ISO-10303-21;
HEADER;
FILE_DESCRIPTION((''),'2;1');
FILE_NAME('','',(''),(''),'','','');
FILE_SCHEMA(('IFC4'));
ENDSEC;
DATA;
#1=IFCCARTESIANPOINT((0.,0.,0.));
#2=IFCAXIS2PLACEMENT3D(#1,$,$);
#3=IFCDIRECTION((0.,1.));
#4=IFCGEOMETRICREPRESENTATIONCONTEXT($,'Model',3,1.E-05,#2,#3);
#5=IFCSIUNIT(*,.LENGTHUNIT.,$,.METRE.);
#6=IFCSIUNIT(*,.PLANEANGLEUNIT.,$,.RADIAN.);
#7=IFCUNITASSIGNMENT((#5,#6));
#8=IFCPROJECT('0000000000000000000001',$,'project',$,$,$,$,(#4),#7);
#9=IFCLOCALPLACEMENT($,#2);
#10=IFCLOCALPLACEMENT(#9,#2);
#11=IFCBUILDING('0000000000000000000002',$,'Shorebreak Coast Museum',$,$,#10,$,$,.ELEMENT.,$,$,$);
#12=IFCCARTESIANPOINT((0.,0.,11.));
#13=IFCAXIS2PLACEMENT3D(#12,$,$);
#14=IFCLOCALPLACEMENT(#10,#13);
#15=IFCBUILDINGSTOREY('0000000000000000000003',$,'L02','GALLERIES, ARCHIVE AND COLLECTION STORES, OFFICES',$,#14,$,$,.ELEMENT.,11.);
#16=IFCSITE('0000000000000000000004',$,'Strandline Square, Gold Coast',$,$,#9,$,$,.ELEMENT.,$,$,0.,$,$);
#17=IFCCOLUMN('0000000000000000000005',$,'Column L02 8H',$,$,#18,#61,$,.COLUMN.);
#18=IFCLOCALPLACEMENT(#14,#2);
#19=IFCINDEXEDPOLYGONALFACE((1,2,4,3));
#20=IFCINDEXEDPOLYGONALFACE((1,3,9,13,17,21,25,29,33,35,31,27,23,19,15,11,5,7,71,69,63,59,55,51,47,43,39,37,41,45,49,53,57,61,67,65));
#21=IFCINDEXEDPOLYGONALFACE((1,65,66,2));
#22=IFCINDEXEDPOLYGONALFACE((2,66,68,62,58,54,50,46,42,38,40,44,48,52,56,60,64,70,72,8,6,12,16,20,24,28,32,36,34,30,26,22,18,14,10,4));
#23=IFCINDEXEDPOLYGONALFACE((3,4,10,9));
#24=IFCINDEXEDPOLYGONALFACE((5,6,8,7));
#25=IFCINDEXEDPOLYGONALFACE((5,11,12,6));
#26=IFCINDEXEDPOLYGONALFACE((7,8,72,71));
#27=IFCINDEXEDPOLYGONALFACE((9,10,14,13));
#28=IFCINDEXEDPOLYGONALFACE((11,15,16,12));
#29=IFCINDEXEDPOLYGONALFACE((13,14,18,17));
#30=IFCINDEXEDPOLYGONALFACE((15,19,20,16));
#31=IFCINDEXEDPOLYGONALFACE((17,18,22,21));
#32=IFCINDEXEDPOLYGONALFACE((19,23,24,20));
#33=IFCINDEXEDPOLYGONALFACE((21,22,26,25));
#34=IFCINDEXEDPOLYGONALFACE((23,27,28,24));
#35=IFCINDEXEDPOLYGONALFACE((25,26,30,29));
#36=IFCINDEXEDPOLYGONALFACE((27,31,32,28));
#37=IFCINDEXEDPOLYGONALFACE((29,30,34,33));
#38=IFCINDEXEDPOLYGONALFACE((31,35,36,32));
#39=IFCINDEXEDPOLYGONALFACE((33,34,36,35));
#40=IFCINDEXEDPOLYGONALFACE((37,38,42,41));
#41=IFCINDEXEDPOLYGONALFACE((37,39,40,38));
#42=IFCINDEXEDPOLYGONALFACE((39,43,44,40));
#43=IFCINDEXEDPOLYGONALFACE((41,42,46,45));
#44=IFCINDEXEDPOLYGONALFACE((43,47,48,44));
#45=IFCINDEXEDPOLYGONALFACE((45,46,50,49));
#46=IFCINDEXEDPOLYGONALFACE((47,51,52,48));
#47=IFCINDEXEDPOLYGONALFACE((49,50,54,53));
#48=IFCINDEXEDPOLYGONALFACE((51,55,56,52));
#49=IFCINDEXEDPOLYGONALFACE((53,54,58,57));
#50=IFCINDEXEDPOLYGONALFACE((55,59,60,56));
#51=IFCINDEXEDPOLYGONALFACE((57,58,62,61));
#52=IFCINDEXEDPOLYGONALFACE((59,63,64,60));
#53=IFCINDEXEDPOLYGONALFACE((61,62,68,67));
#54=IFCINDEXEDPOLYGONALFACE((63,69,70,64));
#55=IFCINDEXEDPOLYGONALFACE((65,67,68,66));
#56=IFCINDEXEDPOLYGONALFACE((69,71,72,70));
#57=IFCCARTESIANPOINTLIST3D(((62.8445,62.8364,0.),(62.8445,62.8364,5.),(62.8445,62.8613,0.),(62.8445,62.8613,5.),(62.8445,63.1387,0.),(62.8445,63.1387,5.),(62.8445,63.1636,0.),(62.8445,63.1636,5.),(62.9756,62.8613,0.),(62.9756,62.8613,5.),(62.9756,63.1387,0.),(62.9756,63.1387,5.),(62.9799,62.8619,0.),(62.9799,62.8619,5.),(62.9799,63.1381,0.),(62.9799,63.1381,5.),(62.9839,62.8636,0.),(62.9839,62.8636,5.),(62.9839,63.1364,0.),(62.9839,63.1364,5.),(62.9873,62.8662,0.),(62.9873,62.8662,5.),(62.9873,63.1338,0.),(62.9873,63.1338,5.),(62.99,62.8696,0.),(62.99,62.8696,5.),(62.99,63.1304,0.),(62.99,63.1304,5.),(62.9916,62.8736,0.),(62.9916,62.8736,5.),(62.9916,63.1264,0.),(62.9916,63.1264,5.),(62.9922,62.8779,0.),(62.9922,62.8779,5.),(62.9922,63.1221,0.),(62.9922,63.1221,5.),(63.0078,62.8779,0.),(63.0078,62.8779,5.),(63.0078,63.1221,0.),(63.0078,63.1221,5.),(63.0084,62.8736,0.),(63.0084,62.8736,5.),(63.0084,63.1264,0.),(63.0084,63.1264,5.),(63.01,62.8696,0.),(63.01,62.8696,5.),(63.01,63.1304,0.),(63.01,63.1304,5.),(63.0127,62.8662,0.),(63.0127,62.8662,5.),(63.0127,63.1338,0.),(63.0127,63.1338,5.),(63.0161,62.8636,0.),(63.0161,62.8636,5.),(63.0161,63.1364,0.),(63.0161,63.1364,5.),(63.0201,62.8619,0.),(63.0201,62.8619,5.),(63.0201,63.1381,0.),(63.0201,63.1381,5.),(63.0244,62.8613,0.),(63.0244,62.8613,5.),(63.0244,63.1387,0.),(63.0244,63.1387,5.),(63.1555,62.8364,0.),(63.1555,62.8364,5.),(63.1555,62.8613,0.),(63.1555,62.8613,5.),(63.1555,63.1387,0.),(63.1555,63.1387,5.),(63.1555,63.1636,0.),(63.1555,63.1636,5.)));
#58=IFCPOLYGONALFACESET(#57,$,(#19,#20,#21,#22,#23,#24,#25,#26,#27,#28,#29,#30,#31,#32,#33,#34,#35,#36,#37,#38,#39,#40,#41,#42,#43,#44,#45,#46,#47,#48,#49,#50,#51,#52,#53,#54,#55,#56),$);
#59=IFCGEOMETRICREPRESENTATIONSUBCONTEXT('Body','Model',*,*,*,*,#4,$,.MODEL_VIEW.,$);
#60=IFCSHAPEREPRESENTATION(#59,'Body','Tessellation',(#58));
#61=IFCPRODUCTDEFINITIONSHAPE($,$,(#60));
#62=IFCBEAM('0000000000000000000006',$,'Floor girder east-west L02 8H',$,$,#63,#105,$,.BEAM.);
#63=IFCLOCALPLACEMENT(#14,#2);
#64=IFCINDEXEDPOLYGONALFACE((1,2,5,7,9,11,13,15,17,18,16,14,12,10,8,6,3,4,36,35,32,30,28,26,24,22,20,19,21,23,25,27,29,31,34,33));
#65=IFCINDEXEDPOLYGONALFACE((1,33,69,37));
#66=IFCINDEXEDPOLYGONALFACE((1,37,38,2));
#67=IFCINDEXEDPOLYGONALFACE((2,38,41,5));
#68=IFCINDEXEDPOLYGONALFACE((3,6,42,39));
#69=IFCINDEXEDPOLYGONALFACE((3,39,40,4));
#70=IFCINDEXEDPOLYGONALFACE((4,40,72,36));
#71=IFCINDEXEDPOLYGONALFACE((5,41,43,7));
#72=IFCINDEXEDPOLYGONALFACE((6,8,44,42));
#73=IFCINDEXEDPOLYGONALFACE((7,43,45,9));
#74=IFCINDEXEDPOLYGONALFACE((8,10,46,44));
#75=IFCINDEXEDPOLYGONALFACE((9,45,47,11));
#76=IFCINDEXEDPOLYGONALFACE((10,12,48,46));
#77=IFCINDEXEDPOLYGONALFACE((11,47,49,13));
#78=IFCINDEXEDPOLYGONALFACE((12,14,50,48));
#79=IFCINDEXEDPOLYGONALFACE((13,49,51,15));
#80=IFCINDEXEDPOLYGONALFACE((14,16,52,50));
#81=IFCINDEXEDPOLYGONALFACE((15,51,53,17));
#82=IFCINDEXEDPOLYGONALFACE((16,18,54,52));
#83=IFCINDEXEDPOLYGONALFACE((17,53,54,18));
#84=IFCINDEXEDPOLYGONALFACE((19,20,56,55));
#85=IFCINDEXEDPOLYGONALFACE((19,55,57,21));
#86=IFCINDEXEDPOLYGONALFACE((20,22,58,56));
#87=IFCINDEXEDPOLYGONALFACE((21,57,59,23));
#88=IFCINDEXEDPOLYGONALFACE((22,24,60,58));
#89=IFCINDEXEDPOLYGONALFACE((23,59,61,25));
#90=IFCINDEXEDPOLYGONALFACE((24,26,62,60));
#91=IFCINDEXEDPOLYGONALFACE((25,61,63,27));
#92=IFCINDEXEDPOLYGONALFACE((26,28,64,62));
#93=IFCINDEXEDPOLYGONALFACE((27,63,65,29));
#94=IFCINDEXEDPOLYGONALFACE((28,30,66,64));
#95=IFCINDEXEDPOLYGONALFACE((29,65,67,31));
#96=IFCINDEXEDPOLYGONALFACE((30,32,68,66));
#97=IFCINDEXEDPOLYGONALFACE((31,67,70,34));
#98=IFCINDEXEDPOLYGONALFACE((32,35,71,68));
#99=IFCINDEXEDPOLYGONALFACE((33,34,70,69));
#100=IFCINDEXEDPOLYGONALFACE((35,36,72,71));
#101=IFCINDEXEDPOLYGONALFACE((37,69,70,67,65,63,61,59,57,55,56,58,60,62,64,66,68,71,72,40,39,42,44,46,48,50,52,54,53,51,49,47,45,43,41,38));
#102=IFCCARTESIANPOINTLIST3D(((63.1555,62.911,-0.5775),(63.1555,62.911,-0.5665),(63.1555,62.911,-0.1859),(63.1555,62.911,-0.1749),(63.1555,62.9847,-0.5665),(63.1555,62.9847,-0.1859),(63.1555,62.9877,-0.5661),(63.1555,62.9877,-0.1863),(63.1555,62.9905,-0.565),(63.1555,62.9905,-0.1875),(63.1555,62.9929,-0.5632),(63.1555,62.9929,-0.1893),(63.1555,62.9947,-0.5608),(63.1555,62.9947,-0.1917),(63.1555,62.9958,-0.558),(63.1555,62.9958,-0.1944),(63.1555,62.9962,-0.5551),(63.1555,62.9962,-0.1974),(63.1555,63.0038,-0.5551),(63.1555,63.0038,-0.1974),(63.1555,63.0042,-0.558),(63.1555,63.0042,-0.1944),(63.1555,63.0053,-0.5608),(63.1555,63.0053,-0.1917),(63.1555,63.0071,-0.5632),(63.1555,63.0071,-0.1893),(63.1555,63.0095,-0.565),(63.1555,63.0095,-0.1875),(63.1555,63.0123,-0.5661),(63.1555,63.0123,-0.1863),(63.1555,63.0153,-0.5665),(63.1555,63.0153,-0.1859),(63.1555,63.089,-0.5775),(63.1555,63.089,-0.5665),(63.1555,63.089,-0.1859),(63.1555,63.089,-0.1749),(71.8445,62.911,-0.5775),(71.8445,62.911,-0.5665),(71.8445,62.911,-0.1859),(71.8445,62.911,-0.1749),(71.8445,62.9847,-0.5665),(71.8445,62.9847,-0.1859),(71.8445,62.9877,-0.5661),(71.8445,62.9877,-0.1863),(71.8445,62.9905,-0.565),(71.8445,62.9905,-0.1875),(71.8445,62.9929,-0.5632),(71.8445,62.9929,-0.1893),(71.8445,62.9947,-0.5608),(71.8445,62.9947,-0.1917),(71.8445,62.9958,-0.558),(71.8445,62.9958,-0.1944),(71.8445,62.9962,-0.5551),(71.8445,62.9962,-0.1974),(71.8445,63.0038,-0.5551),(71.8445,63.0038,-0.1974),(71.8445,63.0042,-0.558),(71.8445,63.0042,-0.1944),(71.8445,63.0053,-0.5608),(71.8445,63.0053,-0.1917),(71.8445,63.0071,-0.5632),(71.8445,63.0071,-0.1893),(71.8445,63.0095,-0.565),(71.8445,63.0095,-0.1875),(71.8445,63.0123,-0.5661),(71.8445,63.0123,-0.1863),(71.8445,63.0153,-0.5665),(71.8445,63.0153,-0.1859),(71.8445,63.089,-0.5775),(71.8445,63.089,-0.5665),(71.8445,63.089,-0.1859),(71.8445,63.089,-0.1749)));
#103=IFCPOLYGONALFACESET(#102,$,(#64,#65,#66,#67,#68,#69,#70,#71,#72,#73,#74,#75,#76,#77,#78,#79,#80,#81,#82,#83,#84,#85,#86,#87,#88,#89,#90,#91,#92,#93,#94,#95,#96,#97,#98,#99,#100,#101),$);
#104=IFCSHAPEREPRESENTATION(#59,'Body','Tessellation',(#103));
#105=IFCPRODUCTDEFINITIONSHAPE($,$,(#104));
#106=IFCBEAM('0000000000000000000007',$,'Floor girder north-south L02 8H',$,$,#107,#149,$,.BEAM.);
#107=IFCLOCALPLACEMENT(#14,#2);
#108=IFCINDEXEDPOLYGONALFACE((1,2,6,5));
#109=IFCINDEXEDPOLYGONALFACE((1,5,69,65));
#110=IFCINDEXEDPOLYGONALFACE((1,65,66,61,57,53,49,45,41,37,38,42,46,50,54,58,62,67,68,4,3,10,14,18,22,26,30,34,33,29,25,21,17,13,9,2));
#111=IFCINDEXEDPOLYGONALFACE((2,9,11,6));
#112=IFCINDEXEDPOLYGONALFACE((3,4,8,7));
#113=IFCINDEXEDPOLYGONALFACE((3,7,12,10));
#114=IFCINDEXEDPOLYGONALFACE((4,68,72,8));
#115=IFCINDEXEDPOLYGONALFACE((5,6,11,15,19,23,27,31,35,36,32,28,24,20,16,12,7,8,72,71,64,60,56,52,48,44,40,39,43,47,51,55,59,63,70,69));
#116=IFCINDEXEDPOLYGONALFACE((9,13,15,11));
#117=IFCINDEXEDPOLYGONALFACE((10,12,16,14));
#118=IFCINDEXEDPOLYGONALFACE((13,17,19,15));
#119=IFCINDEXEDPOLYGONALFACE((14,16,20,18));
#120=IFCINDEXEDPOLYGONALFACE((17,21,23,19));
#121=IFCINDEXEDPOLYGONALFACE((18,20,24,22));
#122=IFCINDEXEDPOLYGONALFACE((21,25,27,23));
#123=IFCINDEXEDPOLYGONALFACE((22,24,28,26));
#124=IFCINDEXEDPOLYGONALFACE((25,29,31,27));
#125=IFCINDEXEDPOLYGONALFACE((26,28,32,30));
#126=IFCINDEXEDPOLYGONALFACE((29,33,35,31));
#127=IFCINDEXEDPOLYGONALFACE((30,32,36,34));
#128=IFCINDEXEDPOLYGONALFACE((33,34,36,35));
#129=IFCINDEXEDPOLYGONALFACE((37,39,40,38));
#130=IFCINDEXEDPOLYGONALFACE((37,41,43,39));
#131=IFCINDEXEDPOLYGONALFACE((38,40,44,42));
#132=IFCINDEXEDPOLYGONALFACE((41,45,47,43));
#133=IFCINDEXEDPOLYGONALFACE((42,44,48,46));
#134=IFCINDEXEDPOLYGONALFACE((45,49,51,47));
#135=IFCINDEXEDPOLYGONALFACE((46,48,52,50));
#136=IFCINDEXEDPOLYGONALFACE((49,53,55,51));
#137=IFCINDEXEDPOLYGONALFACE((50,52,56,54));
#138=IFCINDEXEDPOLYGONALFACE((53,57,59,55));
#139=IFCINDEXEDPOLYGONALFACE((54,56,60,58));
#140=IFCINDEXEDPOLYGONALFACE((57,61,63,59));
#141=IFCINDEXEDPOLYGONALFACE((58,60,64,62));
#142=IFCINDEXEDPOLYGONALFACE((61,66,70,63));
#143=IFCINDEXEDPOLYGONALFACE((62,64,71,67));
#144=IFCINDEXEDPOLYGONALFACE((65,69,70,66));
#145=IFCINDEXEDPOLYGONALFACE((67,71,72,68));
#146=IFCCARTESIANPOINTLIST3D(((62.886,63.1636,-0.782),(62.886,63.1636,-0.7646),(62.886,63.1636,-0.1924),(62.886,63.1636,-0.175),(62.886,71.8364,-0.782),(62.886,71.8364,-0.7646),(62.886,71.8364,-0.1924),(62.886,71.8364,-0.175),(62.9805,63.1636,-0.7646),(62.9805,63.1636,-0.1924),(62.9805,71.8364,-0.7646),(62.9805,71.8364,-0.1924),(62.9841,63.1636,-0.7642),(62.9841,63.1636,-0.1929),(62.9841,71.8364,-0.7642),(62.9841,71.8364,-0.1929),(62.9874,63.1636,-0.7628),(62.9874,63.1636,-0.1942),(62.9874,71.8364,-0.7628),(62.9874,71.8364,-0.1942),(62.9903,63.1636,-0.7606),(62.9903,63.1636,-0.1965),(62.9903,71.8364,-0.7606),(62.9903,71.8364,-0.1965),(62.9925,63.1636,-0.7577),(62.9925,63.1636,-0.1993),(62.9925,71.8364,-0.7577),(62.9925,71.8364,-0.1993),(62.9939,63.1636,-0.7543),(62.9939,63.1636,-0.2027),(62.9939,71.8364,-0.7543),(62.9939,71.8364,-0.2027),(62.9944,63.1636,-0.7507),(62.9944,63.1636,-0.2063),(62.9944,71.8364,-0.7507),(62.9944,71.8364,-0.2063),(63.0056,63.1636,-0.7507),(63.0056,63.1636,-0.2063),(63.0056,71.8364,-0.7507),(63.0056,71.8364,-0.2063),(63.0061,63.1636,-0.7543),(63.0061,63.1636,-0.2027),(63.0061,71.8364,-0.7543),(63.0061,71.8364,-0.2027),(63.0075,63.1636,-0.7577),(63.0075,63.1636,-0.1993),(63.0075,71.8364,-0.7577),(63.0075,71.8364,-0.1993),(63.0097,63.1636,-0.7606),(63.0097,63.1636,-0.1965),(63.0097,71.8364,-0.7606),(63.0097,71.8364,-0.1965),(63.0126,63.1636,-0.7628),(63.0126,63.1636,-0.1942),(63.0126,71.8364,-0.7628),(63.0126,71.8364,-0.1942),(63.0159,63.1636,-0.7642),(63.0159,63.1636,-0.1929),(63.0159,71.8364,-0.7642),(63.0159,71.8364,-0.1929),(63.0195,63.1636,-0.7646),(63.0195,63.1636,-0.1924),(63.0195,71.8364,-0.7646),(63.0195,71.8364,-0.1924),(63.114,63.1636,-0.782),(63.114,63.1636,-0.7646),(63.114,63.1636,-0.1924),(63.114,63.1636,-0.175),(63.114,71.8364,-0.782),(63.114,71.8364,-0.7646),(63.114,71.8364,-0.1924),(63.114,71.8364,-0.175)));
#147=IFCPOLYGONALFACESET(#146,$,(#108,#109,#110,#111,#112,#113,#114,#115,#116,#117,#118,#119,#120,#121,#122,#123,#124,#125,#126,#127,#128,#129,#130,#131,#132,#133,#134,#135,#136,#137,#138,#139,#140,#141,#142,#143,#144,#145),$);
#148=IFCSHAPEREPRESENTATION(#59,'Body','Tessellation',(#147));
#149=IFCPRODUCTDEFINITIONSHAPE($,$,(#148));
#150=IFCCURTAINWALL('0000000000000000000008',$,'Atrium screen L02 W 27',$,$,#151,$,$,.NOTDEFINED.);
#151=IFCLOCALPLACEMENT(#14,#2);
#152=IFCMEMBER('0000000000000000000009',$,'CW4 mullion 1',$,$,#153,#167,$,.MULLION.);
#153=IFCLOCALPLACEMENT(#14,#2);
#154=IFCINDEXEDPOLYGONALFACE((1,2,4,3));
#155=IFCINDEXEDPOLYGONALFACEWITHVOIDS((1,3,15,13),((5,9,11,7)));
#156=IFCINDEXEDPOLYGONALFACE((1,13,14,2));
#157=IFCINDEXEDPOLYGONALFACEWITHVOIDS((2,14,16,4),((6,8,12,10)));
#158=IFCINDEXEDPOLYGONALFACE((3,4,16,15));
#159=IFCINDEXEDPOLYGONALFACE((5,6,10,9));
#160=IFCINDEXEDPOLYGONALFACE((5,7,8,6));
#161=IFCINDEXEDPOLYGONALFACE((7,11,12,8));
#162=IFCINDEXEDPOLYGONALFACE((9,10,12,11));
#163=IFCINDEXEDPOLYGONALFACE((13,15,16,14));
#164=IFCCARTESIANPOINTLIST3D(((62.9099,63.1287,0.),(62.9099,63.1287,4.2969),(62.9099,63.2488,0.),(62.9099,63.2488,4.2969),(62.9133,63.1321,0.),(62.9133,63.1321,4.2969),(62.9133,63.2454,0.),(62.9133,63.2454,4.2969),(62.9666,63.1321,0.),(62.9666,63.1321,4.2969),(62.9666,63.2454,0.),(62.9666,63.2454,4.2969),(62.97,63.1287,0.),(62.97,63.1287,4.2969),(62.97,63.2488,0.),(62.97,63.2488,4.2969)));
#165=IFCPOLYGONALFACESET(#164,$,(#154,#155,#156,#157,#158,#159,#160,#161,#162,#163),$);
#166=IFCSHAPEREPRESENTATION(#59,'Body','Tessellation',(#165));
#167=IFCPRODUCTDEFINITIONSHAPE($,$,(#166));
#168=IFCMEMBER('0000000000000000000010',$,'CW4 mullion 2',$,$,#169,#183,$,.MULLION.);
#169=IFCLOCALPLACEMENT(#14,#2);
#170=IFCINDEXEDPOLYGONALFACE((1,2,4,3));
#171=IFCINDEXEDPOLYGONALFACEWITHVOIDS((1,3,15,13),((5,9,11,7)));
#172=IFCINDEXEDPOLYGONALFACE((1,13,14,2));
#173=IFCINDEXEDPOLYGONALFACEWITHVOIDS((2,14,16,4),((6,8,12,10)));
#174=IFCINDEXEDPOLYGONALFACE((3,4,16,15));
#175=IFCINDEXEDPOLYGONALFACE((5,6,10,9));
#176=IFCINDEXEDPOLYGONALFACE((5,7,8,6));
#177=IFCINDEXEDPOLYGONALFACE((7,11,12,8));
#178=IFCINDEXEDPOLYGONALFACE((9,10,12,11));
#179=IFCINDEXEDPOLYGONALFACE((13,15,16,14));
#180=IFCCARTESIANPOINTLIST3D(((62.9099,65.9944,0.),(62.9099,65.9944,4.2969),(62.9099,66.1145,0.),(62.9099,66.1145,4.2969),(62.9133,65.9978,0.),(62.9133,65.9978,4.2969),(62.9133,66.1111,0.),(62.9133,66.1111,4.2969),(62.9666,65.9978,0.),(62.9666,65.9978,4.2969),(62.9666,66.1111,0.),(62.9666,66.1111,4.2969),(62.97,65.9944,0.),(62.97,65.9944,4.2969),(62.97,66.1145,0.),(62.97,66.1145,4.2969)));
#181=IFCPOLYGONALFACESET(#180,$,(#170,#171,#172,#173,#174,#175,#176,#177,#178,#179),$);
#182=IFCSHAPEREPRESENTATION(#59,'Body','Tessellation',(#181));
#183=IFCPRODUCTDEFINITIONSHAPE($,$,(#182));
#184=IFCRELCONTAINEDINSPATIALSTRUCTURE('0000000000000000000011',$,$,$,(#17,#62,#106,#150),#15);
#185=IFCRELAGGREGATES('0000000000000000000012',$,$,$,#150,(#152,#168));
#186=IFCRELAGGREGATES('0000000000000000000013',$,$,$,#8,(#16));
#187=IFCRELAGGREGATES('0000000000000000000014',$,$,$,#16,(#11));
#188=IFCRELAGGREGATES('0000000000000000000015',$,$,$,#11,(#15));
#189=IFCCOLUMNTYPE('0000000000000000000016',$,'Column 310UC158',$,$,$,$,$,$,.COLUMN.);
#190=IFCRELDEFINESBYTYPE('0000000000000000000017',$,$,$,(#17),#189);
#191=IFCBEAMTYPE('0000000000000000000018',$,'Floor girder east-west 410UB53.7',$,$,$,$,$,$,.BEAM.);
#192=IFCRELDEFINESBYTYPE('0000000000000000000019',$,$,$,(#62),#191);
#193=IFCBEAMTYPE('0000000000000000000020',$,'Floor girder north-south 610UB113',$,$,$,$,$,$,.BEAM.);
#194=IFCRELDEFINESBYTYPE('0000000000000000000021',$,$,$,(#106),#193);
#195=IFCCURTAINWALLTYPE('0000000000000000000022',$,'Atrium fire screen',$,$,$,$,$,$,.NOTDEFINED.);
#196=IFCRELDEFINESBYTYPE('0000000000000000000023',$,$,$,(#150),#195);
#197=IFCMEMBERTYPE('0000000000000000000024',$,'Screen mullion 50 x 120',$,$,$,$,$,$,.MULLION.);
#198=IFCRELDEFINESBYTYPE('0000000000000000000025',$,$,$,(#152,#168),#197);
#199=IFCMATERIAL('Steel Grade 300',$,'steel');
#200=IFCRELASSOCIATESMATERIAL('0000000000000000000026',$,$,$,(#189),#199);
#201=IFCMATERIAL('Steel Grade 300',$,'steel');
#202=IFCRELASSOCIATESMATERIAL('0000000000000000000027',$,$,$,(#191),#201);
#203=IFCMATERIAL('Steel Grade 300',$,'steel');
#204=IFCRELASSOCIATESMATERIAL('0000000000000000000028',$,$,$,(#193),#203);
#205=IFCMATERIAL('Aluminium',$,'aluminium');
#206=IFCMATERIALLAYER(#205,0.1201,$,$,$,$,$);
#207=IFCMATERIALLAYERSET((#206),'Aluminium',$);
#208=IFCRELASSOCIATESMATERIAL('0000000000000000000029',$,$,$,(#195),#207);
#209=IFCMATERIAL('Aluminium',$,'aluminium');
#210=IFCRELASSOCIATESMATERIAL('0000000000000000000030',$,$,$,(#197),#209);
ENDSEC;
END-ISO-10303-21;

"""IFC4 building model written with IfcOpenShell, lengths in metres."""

from ifc_helpers import new_model, si_unit, direction, frame, origin, origin_2d, place, context, subcontext, project, spatial, hollow_rectangle, i_section, extrude, material, layer, layer_set, material_profile, profile_set, type_object, element, aggregate, save


model = new_model("IFC4")

# Units and contexts
model_context = context("Model", 3, precision=1e-05, world=origin(), true_north=direction((0.0, 1.0)))
body_context = subcontext(model_context, "Body", "Model", "MODEL_VIEW")
ifc_project = project(units=[si_unit("LENGTHUNIT", "METRE"), si_unit("PLANEANGLEUNIT", "RADIAN")], contexts=[model_context])

# Site, building, storey
site_placement = place(None, origin())
site = spatial("IfcSite", under=ifc_project, at=site_placement, Name="Strandline Square, Gold Coast", CompositionType="ELEMENT", RefElevation=0.0)
building_placement = place(site_placement, origin())
building = spatial("IfcBuilding", under=site, at=building_placement, Name="Shorebreak Coast Museum", CompositionType="ELEMENT")
storey_placement = place(building_placement, frame((0.0, 0.0, 11.0)))
storey = spatial("IfcBuildingStorey", under=building, at=storey_placement, Name="L02", Description="GALLERIES, ARCHIVE AND COLLECTION STORES, OFFICES", CompositionType="ELEMENT", Elevation=11.0)

# Column
ifc_material_1 = material(Name="Steel Grade 300", Category="steel")
ifc_material_profile_1 = material_profile(ifc_material_1, i_section(OverallWidth=0.311, OverallDepth=0.3271, WebThickness=0.0156, FlangeThickness=0.0249, FilletRadius=0.0166, at=origin_2d()), Name="310UC158")
ifc_profile_set_1 = profile_set([ifc_material_profile_1], Name="Steel Grade 300")
column_type = type_object("IfcColumnType", Name="Column 310UC158", PredefinedType="COLUMN", material=ifc_profile_set_1)
column_placement = place(storey_placement, frame((63.0, 63.0, 0.0), z_axis=(0.0, 0.0, 1.0), x_axis=(1.0, 0.0, 0.0)))
element("IfcColumn", 1, at=column_placement, inside=storey, type_object=column_type, Name="Column L02 8H", PredefinedType="COLUMN", context=body_context, shape_type="SweptSolid", body=[
    extrude(i_section(OverallWidth=0.311, OverallDepth=0.3271, WebThickness=0.0156, FlangeThickness=0.0249, FilletRadius=0.0166, at=origin_2d()), origin(), (0.0, 0.0, 1.0), 5.0),
])

# Beams
ifc_material_2 = material(Name="Steel Grade 300", Category="steel")
ifc_material_profile_2 = material_profile(ifc_material_2, i_section(OverallWidth=0.178, OverallDepth=0.4026, WebThickness=0.0076, FlangeThickness=0.011, FilletRadius=0.0115, at=origin_2d()), Name="410UB53.7")
ifc_profile_set_2 = profile_set([ifc_material_profile_2], Name="Steel Grade 300")
beam_type_1 = type_object("IfcBeamType", Name="Floor girder east-west 410UB53.7", PredefinedType="BEAM", material=ifc_profile_set_2)
beam_1_placement = place(storey_placement, frame((63.1555, 63.0, -0.3762), z_axis=(1.0, 0.0, 0.0), x_axis=(0.0, 1.0, 0.0)))
element("IfcBeam", 2, at=beam_1_placement, inside=storey, type_object=beam_type_1, Name="Floor girder east-west L02 8H", PredefinedType="BEAM", context=body_context, shape_type="SweptSolid", body=[
    extrude(i_section(OverallWidth=0.178, OverallDepth=0.4026, WebThickness=0.0076, FlangeThickness=0.011, FilletRadius=0.0115, at=origin_2d()), origin(), (0.0, 0.0, 1.0), 8.689),
])
ifc_material_3 = material(Name="Steel Grade 300", Category="steel")
ifc_material_profile_3 = material_profile(ifc_material_3, i_section(OverallWidth=0.228, OverallDepth=0.6069, WebThickness=0.0112, FlangeThickness=0.0173, FilletRadius=0.0139, at=origin_2d()), Name="610UB113")
ifc_profile_set_3 = profile_set([ifc_material_profile_3], Name="Steel Grade 300")
beam_type_2 = type_object("IfcBeamType", Name="Floor girder north-south 610UB113", PredefinedType="BEAM", material=ifc_profile_set_3)
beam_2_placement = place(storey_placement, frame((63.0, 63.1636, -0.4785), z_axis=(0.0, 1.0, 0.0), x_axis=(-1.0, 0.0, 0.0)))
element("IfcBeam", 3, at=beam_2_placement, inside=storey, type_object=beam_type_2, Name="Floor girder north-south L02 8H", PredefinedType="BEAM", context=body_context, shape_type="SweptSolid", body=[
    extrude(i_section(OverallWidth=0.228, OverallDepth=0.6069, WebThickness=0.0112, FlangeThickness=0.0173, FilletRadius=0.0139, at=origin_2d()), origin(), (0.0, 0.0, 1.0), 8.6729),
])

# Curtain wall, members
ifc_material_4 = material(Name="Aluminium", Category="aluminium")
ifc_layer_1 = layer(ifc_material_4, 0.1201)
ifc_layer_set_1 = layer_set([ifc_layer_1], Name="Aluminium")
curtain_wall_type = type_object("IfcCurtainWallType", Name="Atrium fire screen", PredefinedType="NOTDEFINED", material=ifc_layer_set_1)
curtain_wall_placement = place(storey_placement, origin())
curtain_wall = element("IfcCurtainWall", 4, at=curtain_wall_placement, inside=storey, type_object=curtain_wall_type, Name="Atrium screen L02 W 27", PredefinedType="NOTDEFINED")
ifc_material_5 = material(Name="Aluminium", Category="aluminium")
ifc_material_profile_4 = material_profile(ifc_material_5, hollow_rectangle(XDim=0.0601, YDim=0.1201, WallThickness=0.0034, at=origin_2d()), Name="AL 120x60 RHS")
ifc_profile_set_4 = profile_set([ifc_material_profile_4], Name="Aluminium")
member_type_1 = type_object("IfcMemberType", Name="Screen mullion 50 x 120", PredefinedType="MULLION", material=ifc_profile_set_4)
member_1_placement = place(storey_placement, frame((62.9399, 63.1887, 0.0), z_axis=(0.0, 0.0, 1.0), x_axis=(-1.0, 0.0, 0.0)))
member_1 = element("IfcMember", 5, at=member_1_placement, type_object=member_type_1, Name="CW4 mullion 1", PredefinedType="MULLION", context=body_context, shape_type="SweptSolid", body=[
    extrude(hollow_rectangle(XDim=0.0601, YDim=0.1201, WallThickness=0.0034, at=origin_2d()), origin(), (0.0, 0.0, 1.0), 4.2969),
])
member_2_placement = place(storey_placement, frame((62.9399, 66.0544, 0.0), z_axis=(0.0, 0.0, 1.0), x_axis=(-1.0, 0.0, 0.0)))
member_2 = element("IfcMember", 6, at=member_2_placement, type_object=member_type_1, Name="CW4 mullion 2", PredefinedType="MULLION", context=body_context, shape_type="SweptSolid", body=[
    extrude(hollow_rectangle(XDim=0.0601, YDim=0.1201, WallThickness=0.0034, at=origin_2d()), origin(), (0.0, 0.0, 1.0), 4.2969),
])

aggregate(curtain_wall, [member_1, member_2])

save(model, "model.ifc")
